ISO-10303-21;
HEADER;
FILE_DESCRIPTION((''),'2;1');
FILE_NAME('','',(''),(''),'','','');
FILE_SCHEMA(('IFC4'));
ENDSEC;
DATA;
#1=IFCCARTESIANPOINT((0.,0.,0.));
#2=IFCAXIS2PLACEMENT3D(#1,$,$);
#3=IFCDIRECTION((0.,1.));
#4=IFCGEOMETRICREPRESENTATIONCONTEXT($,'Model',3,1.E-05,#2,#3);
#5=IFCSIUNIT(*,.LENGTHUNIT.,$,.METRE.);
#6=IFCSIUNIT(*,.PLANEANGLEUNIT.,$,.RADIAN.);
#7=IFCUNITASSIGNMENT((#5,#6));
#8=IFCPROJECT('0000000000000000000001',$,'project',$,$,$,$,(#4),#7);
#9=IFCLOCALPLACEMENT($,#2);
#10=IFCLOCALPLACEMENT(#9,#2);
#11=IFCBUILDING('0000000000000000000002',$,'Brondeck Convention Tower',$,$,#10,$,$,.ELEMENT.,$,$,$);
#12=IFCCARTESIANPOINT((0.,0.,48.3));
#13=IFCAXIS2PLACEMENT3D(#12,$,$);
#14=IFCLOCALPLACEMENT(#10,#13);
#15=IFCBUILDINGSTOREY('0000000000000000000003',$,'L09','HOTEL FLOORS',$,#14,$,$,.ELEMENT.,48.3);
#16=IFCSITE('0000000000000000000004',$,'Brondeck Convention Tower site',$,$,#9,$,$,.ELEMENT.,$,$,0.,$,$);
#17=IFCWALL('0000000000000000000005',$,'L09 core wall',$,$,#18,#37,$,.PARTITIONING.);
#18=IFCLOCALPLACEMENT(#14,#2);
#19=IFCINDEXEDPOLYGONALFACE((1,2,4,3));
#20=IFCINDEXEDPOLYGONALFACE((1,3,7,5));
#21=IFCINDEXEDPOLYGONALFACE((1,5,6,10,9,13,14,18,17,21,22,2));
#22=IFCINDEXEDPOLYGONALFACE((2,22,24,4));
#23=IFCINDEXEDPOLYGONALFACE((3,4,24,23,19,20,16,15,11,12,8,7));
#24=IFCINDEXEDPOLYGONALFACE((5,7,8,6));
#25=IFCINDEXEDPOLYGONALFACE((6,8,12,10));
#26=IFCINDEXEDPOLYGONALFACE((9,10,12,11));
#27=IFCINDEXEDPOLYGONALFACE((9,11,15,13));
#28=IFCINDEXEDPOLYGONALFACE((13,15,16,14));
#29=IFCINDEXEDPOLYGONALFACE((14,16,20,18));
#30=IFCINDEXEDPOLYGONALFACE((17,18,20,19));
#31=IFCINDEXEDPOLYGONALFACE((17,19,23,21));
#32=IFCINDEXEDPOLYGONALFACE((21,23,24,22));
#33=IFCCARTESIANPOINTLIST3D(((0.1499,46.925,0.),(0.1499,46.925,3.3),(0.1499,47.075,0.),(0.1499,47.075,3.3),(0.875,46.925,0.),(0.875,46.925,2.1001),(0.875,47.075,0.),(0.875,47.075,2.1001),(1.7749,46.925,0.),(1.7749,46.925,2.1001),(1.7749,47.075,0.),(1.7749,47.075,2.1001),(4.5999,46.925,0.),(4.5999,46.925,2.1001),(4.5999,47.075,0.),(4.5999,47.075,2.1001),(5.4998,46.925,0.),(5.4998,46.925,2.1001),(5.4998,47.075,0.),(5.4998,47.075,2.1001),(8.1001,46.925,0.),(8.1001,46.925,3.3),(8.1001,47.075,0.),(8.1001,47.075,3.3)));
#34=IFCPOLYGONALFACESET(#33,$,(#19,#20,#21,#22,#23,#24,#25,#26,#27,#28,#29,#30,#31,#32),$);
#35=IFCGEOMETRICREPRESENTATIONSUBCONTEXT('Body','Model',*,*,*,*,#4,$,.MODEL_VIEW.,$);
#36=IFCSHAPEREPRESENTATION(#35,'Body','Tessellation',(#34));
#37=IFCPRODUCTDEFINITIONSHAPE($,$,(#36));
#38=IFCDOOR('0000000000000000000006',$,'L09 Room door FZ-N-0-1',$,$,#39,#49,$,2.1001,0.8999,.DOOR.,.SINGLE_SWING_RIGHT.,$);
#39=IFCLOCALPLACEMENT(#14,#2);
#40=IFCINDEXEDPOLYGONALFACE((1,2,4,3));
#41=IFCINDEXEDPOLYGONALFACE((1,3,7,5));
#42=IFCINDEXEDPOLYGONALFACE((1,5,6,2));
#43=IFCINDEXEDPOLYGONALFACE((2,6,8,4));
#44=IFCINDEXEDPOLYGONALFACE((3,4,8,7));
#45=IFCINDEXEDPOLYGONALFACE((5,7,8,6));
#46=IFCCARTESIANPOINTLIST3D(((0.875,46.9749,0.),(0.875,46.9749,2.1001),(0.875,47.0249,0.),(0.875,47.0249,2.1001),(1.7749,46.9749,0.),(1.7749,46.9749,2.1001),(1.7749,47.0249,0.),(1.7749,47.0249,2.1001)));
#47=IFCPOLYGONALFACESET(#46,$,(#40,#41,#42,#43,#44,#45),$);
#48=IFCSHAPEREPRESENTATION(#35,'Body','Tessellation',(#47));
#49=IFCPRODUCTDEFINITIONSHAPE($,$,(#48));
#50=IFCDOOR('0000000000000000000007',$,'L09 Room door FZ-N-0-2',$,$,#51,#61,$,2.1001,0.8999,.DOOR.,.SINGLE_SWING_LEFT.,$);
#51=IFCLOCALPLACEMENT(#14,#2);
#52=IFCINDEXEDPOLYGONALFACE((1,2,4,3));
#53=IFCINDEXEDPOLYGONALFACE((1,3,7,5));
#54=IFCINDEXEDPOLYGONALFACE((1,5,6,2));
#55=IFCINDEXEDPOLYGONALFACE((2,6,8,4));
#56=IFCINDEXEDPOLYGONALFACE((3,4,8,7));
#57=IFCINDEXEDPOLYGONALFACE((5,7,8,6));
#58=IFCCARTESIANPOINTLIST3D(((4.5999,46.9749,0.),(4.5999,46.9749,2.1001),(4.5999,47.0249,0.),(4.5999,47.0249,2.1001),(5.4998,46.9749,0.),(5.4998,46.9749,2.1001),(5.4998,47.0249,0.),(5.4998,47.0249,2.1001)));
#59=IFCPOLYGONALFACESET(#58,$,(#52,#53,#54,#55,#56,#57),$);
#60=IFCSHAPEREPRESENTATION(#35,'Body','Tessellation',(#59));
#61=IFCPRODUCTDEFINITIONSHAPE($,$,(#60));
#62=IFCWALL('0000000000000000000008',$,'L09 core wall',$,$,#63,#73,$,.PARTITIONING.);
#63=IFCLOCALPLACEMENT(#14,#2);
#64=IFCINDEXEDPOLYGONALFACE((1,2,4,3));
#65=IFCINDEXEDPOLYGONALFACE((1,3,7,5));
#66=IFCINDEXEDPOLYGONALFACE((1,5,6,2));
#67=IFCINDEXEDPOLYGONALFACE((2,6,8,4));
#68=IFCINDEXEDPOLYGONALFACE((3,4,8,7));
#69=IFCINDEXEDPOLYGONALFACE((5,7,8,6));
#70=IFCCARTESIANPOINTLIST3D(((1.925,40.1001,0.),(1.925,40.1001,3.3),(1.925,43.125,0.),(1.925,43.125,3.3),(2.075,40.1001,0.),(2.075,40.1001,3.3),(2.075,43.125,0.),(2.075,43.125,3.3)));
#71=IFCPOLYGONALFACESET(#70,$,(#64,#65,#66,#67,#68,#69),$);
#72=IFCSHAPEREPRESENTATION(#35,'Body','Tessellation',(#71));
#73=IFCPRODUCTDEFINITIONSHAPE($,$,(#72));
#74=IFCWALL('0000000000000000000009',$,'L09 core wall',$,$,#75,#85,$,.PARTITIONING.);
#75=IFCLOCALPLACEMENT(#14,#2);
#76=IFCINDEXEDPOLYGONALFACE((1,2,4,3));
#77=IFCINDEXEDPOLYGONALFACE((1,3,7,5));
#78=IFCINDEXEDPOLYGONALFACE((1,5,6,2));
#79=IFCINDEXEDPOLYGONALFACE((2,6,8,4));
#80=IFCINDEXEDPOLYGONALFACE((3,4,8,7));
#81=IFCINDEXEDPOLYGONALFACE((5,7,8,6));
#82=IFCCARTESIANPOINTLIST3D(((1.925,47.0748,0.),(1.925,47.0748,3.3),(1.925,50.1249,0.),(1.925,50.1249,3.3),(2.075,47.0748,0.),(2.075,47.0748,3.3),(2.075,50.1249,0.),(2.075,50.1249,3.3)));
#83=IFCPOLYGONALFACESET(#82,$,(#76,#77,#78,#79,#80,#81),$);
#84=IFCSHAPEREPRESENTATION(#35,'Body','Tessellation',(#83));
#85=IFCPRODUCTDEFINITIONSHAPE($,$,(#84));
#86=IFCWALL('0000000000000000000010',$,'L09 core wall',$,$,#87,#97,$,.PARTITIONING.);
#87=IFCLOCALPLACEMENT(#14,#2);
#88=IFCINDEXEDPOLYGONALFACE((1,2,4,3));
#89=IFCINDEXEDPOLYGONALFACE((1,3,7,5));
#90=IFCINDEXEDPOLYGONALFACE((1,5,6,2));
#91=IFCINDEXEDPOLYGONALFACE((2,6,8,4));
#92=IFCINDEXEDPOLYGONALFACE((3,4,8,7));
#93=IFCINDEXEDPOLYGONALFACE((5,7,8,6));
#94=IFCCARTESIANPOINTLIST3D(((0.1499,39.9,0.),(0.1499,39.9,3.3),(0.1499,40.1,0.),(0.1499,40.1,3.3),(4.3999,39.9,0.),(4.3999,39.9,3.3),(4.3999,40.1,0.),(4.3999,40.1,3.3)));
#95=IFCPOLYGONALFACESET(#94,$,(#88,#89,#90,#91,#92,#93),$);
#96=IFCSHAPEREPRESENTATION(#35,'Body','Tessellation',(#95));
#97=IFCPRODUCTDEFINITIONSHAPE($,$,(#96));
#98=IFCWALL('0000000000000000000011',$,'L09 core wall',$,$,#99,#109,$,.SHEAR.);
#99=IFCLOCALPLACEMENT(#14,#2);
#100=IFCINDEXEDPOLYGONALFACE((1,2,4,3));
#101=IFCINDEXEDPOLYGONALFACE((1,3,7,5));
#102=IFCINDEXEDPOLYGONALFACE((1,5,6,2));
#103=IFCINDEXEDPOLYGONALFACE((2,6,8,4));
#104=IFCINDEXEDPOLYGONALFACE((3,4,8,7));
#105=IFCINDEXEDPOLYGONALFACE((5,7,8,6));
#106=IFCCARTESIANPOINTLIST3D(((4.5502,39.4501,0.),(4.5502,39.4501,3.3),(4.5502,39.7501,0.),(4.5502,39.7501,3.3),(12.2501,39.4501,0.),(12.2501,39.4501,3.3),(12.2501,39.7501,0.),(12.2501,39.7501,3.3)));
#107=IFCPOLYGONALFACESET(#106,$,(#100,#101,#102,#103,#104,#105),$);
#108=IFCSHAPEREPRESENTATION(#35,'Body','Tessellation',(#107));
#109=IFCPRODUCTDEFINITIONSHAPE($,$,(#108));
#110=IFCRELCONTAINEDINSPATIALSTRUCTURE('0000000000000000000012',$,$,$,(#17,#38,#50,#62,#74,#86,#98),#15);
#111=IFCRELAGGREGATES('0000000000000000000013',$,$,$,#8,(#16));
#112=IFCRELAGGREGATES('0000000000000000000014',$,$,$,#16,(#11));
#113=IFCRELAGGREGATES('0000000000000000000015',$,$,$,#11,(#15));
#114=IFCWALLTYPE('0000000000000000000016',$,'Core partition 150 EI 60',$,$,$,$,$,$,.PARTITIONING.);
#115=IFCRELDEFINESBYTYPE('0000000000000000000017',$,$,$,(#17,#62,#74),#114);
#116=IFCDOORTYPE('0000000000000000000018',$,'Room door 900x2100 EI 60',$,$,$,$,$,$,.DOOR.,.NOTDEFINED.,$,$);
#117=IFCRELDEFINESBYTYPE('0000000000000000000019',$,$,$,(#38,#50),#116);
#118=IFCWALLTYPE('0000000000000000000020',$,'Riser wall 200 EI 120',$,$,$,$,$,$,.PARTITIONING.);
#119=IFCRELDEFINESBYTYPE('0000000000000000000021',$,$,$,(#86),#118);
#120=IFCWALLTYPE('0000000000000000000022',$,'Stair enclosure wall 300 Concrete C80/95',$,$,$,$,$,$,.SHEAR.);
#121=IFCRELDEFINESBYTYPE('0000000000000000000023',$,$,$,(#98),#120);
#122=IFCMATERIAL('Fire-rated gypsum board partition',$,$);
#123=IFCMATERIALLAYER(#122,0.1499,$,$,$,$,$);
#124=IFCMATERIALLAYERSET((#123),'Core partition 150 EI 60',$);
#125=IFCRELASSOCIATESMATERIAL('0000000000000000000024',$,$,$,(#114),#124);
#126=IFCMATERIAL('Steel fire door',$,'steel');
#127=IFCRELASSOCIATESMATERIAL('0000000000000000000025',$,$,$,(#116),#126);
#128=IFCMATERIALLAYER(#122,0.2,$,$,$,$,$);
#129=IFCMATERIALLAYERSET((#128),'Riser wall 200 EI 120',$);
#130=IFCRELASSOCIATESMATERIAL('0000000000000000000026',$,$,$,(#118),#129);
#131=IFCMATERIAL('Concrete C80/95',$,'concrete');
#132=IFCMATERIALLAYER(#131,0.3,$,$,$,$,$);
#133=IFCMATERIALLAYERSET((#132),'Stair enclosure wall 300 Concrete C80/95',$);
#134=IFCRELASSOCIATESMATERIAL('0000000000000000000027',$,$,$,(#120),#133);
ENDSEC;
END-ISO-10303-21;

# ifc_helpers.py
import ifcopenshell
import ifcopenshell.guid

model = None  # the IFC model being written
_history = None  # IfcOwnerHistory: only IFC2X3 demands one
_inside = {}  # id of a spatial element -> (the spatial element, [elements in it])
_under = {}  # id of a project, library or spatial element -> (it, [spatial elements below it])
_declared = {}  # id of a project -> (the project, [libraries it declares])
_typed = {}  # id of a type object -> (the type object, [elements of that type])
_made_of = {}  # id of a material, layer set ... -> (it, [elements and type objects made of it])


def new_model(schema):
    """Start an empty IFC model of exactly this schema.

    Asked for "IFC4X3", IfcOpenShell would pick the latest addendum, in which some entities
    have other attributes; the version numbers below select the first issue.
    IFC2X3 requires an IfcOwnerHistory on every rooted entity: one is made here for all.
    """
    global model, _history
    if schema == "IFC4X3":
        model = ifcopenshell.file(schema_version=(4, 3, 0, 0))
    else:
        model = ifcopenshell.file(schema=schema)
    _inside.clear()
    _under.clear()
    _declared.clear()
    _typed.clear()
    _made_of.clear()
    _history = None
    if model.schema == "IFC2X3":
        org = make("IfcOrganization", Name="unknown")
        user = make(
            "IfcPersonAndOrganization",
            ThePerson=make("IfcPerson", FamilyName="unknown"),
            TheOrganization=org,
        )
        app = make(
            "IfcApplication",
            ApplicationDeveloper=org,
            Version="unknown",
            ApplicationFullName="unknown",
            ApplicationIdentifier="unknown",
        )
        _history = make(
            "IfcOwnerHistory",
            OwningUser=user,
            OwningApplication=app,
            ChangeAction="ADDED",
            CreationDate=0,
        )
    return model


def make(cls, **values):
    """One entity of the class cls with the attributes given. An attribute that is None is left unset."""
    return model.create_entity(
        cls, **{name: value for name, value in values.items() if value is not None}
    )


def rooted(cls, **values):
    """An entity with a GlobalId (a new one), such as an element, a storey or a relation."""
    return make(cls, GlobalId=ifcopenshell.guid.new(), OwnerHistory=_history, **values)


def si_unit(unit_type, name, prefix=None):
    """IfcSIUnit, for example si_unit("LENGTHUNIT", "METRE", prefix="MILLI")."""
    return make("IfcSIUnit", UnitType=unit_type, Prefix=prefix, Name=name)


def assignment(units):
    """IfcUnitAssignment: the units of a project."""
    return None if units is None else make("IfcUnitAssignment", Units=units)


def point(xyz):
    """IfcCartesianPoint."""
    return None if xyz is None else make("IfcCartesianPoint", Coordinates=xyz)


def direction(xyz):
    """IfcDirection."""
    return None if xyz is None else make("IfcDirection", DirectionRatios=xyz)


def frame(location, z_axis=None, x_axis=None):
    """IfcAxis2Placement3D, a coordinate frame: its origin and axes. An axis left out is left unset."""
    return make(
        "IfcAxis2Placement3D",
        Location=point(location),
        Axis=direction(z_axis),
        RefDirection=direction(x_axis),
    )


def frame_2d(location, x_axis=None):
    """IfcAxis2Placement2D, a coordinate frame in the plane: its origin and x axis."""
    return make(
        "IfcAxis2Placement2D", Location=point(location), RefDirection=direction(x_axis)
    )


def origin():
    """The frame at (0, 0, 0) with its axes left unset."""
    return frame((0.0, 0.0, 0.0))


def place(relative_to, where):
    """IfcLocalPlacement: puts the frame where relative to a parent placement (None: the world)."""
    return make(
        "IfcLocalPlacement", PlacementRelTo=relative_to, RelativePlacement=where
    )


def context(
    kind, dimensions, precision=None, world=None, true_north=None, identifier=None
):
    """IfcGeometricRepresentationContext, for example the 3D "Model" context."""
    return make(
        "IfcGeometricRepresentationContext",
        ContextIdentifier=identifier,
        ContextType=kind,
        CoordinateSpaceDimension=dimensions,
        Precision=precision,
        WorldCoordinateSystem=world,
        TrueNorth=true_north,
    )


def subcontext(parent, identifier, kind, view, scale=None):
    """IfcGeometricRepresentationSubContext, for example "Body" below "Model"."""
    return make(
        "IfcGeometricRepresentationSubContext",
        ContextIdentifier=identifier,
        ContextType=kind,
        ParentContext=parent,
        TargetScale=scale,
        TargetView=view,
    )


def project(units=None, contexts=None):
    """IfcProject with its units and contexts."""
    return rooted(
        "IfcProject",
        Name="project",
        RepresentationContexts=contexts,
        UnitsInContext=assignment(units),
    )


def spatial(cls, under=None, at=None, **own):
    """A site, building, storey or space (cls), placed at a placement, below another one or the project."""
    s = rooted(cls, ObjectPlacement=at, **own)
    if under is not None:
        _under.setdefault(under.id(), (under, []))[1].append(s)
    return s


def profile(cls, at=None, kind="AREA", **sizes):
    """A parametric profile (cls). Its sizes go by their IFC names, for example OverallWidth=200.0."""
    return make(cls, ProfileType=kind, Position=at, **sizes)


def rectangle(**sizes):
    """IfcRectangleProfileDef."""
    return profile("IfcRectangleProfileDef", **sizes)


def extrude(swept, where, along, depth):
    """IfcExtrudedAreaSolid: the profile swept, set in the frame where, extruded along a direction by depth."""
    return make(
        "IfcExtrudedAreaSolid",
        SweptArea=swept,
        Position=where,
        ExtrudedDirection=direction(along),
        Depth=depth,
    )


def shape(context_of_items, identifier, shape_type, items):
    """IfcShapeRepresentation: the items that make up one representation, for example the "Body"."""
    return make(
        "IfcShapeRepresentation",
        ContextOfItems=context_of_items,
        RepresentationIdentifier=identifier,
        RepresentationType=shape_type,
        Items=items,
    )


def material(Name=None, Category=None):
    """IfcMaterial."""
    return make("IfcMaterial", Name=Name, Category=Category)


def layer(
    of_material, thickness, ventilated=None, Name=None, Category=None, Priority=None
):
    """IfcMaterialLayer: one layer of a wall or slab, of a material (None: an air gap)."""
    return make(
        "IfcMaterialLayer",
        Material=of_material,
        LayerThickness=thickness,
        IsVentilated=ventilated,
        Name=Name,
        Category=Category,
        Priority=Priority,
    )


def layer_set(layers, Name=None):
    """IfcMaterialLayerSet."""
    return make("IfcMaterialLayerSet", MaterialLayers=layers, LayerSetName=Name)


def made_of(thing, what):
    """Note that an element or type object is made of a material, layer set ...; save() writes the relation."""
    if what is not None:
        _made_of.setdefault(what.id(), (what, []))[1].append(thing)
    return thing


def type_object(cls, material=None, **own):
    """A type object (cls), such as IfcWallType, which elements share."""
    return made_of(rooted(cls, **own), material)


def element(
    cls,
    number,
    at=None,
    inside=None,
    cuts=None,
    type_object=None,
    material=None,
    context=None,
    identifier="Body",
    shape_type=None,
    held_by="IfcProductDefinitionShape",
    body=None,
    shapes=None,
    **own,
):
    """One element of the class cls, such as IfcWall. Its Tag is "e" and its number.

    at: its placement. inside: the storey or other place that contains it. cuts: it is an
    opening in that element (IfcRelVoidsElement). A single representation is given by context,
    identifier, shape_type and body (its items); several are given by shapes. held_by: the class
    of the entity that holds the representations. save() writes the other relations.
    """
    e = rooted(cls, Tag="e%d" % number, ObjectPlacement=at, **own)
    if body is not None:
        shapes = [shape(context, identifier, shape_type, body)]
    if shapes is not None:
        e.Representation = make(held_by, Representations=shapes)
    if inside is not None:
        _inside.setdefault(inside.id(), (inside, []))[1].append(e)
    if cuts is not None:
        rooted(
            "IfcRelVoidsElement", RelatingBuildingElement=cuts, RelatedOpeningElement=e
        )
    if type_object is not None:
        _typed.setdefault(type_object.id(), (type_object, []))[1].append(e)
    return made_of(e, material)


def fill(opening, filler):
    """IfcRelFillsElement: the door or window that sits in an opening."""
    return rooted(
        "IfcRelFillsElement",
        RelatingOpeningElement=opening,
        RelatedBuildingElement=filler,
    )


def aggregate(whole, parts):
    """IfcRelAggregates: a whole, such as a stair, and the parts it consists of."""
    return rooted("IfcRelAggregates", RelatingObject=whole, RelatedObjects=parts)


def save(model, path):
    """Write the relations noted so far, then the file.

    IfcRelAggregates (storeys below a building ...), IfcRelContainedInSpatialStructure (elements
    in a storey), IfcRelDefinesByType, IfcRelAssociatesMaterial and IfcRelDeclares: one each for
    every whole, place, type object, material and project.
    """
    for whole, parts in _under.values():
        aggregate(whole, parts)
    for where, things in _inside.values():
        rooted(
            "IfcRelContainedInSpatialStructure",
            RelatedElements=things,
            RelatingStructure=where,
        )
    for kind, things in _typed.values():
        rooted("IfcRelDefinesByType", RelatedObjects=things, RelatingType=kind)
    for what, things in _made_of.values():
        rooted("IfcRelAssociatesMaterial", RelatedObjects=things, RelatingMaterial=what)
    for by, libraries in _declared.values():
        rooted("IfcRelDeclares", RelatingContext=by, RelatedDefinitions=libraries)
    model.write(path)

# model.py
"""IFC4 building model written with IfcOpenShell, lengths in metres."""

from ifc_helpers import new_model, si_unit, direction, frame, frame_2d, origin, place, context, subcontext, project, spatial, rectangle, extrude, material, layer, layer_set, type_object, element, fill, save


model = new_model("IFC4")

# Units and contexts
model_context = context("Model", 3, precision=1e-05, world=origin(), true_north=direction((0.0, 1.0)))
body_context = subcontext(model_context, "Body", "Model", "MODEL_VIEW")
ifc_project = project(units=[si_unit("LENGTHUNIT", "METRE"), si_unit("PLANEANGLEUNIT", "RADIAN")], contexts=[model_context])

# Site, building, storey
site_placement = place(None, origin())
site = spatial("IfcSite", under=ifc_project, at=site_placement, Name="Brondeck Convention Tower site", CompositionType="ELEMENT", RefElevation=0.0)
building_placement = place(site_placement, origin())
building = spatial("IfcBuilding", under=site, at=building_placement, Name="Brondeck Convention Tower", CompositionType="ELEMENT")
storey_placement = place(building_placement, frame((0.0, 0.0, 48.3)))
storey = spatial("IfcBuildingStorey", under=building, at=storey_placement, Name="L09", Description="HOTEL FLOORS", CompositionType="ELEMENT", Elevation=48.3)

# Shared definitions
ifc_material_1 = material(Name="Concrete C80/95", Category="concrete")

# Shared definitions
ifc_material_2 = material(Name="Fire-rated gypsum board partition")
ifc_layer_1 = layer(ifc_material_2, 0.1499)
ifc_layer_set_1 = layer_set([ifc_layer_1], Name="Core partition 150 EI 60")
wall_type_1 = type_object("IfcWallType", Name="Core partition 150 EI 60", PredefinedType="PARTITIONING", material=ifc_layer_set_1)

# Wall, openings, doors
ifc_material_3 = material(Name="Steel fire door", Category="steel")
door_type = type_object("IfcDoorType", Name="Room door 900x2100 EI 60", OperationType="NOTDEFINED", PredefinedType="DOOR", material=ifc_material_3)
wall_1_placement = place(storey_placement, frame((0.1499, 47.0, 0.0), z_axis=(0.0, 0.0, 1.0), x_axis=(1.0, 0.0, 0.0)))
wall_1 = element("IfcWall", 1, at=wall_1_placement, inside=storey, type_object=wall_type_1, Name="L09 core wall", PredefinedType="PARTITIONING", context=body_context, shape_type="SweptSolid", body=[
    extrude(rectangle(XDim=7.9502, YDim=0.1499, at=frame_2d((3.9751, 0.0))), origin(), (0.0, 0.0, 1.0), 3.3),
])
opening_1_placement = place(wall_1_placement, frame((0.7251, 0.0, 0.0)))
opening_1 = element("IfcOpeningElement", 2, at=opening_1_placement, cuts=wall_1, PredefinedType="OPENING", context=body_context, shape_type="SweptSolid", body=[
    extrude(rectangle(XDim=0.8999, YDim=2.1001, at=frame_2d((0.45, 1.05))), frame((0.0, 0.085, 0.0), z_axis=(0.0, -1.0, 0.0), x_axis=(1.0, 0.0, 0.0)), (0.0, 0.0, 1.0), 0.1699),
])
opening_2_placement = place(wall_1_placement, frame((4.45, 0.0, 0.0)))
opening_2 = element("IfcOpeningElement", 3, at=opening_2_placement, cuts=wall_1, PredefinedType="OPENING", context=body_context, shape_type="SweptSolid", body=[
    extrude(rectangle(XDim=0.8999, YDim=2.1001, at=frame_2d((0.45, 1.05))), frame((0.0, 0.085, 0.0), z_axis=(0.0, -1.0, 0.0), x_axis=(1.0, 0.0, 0.0)), (0.0, 0.0, 1.0), 0.1699),
])
door_1_placement = place(opening_1_placement, origin())
door_1 = element("IfcDoor", 4, at=door_1_placement, inside=storey, type_object=door_type, Name="L09 Room door FZ-N-0-1", OperationType="SINGLE_SWING_RIGHT", OverallHeight=2.1001, OverallWidth=0.8999, PredefinedType="DOOR", context=body_context, shape_type="SweptSolid", body=[
    extrude(rectangle(XDim=0.8999, YDim=2.1001, at=frame_2d((0.45, 1.05))), frame((0.0, 0.0249, 0.0), z_axis=(0.0, -1.0, 0.0), x_axis=(1.0, 0.0, 0.0)), (0.0, 0.0, 1.0), 0.05),
])
fill(opening_1, door_1)
door_2_placement = place(opening_2_placement, origin())
door_2 = element("IfcDoor", 5, at=door_2_placement, inside=storey, type_object=door_type, Name="L09 Room door FZ-N-0-2", OperationType="SINGLE_SWING_LEFT", OverallHeight=2.1001, OverallWidth=0.8999, PredefinedType="DOOR", context=body_context, shape_type="SweptSolid", body=[
    extrude(rectangle(XDim=0.8999, YDim=2.1001, at=frame_2d((0.45, 1.05))), frame((0.0, 0.0249, 0.0), z_axis=(0.0, -1.0, 0.0), x_axis=(1.0, 0.0, 0.0)), (0.0, 0.0, 1.0), 0.05),
])
fill(opening_2, door_2)

# Walls
wall_2_placement = place(storey_placement, frame((2.0, 40.1001, 0.0), z_axis=(0.0, 0.0, 1.0), x_axis=(0.0, 1.0, 0.0)))
element("IfcWall", 6, at=wall_2_placement, inside=storey, type_object=wall_type_1, Name="L09 core wall", PredefinedType="PARTITIONING", context=body_context, shape_type="SweptSolid", body=[
    extrude(rectangle(XDim=3.0249, YDim=0.1499, at=frame_2d((1.5125, 0.0))), origin(), (0.0, 0.0, 1.0), 3.3),
])
wall_3_placement = place(storey_placement, frame((2.0, 47.075, 0.0), z_axis=(0.0, 0.0, 1.0), x_axis=(0.0, 1.0, 0.0)))
element("IfcWall", 7, at=wall_3_placement, inside=storey, type_object=wall_type_1, Name="L09 core wall", PredefinedType="PARTITIONING", context=body_context, shape_type="SweptSolid", body=[
    extrude(rectangle(XDim=3.05, YDim=0.1499, at=frame_2d((1.5249, 0.0))), origin(), (0.0, 0.0, 1.0), 3.3),
])
ifc_layer_2 = layer(ifc_material_2, 0.2)
ifc_layer_set_2 = layer_set([ifc_layer_2], Name="Riser wall 200 EI 120")
wall_type_2 = type_object("IfcWallType", Name="Riser wall 200 EI 120", PredefinedType="PARTITIONING", material=ifc_layer_set_2)
wall_4_placement = place(storey_placement, frame((0.1499, 40.0, 0.0), z_axis=(0.0, 0.0, 1.0), x_axis=(1.0, 0.0, 0.0)))
element("IfcWall", 8, at=wall_4_placement, inside=storey, type_object=wall_type_2, Name="L09 core wall", PredefinedType="PARTITIONING", context=body_context, shape_type="SweptSolid", body=[
    extrude(rectangle(XDim=4.25, YDim=0.2, at=frame_2d((2.125, 0.0))), origin(), (0.0, 0.0, 1.0), 3.3),
])
ifc_layer_3 = layer(ifc_material_1, 0.3)
ifc_layer_set_3 = layer_set([ifc_layer_3], Name="Stair enclosure wall 300 Concrete C80/95")
wall_type_3 = type_object("IfcWallType", Name="Stair enclosure wall 300 Concrete C80/95", PredefinedType="SHEAR", material=ifc_layer_set_3)
wall_5_placement = place(storey_placement, frame((4.55, 39.6001, 0.0), z_axis=(0.0, 0.0, 1.0), x_axis=(1.0, 0.0, 0.0)))
element("IfcWall", 9, at=wall_5_placement, inside=storey, type_object=wall_type_3, Name="L09 core wall", PredefinedType="SHEAR", context=body_context, shape_type="SweptSolid", body=[
    extrude(rectangle(XDim=7.7, YDim=0.3, at=frame_2d((3.8501, 0.0))), origin(), (0.0, 0.0, 1.0), 3.3),
])

save(model, "model.ifc")
